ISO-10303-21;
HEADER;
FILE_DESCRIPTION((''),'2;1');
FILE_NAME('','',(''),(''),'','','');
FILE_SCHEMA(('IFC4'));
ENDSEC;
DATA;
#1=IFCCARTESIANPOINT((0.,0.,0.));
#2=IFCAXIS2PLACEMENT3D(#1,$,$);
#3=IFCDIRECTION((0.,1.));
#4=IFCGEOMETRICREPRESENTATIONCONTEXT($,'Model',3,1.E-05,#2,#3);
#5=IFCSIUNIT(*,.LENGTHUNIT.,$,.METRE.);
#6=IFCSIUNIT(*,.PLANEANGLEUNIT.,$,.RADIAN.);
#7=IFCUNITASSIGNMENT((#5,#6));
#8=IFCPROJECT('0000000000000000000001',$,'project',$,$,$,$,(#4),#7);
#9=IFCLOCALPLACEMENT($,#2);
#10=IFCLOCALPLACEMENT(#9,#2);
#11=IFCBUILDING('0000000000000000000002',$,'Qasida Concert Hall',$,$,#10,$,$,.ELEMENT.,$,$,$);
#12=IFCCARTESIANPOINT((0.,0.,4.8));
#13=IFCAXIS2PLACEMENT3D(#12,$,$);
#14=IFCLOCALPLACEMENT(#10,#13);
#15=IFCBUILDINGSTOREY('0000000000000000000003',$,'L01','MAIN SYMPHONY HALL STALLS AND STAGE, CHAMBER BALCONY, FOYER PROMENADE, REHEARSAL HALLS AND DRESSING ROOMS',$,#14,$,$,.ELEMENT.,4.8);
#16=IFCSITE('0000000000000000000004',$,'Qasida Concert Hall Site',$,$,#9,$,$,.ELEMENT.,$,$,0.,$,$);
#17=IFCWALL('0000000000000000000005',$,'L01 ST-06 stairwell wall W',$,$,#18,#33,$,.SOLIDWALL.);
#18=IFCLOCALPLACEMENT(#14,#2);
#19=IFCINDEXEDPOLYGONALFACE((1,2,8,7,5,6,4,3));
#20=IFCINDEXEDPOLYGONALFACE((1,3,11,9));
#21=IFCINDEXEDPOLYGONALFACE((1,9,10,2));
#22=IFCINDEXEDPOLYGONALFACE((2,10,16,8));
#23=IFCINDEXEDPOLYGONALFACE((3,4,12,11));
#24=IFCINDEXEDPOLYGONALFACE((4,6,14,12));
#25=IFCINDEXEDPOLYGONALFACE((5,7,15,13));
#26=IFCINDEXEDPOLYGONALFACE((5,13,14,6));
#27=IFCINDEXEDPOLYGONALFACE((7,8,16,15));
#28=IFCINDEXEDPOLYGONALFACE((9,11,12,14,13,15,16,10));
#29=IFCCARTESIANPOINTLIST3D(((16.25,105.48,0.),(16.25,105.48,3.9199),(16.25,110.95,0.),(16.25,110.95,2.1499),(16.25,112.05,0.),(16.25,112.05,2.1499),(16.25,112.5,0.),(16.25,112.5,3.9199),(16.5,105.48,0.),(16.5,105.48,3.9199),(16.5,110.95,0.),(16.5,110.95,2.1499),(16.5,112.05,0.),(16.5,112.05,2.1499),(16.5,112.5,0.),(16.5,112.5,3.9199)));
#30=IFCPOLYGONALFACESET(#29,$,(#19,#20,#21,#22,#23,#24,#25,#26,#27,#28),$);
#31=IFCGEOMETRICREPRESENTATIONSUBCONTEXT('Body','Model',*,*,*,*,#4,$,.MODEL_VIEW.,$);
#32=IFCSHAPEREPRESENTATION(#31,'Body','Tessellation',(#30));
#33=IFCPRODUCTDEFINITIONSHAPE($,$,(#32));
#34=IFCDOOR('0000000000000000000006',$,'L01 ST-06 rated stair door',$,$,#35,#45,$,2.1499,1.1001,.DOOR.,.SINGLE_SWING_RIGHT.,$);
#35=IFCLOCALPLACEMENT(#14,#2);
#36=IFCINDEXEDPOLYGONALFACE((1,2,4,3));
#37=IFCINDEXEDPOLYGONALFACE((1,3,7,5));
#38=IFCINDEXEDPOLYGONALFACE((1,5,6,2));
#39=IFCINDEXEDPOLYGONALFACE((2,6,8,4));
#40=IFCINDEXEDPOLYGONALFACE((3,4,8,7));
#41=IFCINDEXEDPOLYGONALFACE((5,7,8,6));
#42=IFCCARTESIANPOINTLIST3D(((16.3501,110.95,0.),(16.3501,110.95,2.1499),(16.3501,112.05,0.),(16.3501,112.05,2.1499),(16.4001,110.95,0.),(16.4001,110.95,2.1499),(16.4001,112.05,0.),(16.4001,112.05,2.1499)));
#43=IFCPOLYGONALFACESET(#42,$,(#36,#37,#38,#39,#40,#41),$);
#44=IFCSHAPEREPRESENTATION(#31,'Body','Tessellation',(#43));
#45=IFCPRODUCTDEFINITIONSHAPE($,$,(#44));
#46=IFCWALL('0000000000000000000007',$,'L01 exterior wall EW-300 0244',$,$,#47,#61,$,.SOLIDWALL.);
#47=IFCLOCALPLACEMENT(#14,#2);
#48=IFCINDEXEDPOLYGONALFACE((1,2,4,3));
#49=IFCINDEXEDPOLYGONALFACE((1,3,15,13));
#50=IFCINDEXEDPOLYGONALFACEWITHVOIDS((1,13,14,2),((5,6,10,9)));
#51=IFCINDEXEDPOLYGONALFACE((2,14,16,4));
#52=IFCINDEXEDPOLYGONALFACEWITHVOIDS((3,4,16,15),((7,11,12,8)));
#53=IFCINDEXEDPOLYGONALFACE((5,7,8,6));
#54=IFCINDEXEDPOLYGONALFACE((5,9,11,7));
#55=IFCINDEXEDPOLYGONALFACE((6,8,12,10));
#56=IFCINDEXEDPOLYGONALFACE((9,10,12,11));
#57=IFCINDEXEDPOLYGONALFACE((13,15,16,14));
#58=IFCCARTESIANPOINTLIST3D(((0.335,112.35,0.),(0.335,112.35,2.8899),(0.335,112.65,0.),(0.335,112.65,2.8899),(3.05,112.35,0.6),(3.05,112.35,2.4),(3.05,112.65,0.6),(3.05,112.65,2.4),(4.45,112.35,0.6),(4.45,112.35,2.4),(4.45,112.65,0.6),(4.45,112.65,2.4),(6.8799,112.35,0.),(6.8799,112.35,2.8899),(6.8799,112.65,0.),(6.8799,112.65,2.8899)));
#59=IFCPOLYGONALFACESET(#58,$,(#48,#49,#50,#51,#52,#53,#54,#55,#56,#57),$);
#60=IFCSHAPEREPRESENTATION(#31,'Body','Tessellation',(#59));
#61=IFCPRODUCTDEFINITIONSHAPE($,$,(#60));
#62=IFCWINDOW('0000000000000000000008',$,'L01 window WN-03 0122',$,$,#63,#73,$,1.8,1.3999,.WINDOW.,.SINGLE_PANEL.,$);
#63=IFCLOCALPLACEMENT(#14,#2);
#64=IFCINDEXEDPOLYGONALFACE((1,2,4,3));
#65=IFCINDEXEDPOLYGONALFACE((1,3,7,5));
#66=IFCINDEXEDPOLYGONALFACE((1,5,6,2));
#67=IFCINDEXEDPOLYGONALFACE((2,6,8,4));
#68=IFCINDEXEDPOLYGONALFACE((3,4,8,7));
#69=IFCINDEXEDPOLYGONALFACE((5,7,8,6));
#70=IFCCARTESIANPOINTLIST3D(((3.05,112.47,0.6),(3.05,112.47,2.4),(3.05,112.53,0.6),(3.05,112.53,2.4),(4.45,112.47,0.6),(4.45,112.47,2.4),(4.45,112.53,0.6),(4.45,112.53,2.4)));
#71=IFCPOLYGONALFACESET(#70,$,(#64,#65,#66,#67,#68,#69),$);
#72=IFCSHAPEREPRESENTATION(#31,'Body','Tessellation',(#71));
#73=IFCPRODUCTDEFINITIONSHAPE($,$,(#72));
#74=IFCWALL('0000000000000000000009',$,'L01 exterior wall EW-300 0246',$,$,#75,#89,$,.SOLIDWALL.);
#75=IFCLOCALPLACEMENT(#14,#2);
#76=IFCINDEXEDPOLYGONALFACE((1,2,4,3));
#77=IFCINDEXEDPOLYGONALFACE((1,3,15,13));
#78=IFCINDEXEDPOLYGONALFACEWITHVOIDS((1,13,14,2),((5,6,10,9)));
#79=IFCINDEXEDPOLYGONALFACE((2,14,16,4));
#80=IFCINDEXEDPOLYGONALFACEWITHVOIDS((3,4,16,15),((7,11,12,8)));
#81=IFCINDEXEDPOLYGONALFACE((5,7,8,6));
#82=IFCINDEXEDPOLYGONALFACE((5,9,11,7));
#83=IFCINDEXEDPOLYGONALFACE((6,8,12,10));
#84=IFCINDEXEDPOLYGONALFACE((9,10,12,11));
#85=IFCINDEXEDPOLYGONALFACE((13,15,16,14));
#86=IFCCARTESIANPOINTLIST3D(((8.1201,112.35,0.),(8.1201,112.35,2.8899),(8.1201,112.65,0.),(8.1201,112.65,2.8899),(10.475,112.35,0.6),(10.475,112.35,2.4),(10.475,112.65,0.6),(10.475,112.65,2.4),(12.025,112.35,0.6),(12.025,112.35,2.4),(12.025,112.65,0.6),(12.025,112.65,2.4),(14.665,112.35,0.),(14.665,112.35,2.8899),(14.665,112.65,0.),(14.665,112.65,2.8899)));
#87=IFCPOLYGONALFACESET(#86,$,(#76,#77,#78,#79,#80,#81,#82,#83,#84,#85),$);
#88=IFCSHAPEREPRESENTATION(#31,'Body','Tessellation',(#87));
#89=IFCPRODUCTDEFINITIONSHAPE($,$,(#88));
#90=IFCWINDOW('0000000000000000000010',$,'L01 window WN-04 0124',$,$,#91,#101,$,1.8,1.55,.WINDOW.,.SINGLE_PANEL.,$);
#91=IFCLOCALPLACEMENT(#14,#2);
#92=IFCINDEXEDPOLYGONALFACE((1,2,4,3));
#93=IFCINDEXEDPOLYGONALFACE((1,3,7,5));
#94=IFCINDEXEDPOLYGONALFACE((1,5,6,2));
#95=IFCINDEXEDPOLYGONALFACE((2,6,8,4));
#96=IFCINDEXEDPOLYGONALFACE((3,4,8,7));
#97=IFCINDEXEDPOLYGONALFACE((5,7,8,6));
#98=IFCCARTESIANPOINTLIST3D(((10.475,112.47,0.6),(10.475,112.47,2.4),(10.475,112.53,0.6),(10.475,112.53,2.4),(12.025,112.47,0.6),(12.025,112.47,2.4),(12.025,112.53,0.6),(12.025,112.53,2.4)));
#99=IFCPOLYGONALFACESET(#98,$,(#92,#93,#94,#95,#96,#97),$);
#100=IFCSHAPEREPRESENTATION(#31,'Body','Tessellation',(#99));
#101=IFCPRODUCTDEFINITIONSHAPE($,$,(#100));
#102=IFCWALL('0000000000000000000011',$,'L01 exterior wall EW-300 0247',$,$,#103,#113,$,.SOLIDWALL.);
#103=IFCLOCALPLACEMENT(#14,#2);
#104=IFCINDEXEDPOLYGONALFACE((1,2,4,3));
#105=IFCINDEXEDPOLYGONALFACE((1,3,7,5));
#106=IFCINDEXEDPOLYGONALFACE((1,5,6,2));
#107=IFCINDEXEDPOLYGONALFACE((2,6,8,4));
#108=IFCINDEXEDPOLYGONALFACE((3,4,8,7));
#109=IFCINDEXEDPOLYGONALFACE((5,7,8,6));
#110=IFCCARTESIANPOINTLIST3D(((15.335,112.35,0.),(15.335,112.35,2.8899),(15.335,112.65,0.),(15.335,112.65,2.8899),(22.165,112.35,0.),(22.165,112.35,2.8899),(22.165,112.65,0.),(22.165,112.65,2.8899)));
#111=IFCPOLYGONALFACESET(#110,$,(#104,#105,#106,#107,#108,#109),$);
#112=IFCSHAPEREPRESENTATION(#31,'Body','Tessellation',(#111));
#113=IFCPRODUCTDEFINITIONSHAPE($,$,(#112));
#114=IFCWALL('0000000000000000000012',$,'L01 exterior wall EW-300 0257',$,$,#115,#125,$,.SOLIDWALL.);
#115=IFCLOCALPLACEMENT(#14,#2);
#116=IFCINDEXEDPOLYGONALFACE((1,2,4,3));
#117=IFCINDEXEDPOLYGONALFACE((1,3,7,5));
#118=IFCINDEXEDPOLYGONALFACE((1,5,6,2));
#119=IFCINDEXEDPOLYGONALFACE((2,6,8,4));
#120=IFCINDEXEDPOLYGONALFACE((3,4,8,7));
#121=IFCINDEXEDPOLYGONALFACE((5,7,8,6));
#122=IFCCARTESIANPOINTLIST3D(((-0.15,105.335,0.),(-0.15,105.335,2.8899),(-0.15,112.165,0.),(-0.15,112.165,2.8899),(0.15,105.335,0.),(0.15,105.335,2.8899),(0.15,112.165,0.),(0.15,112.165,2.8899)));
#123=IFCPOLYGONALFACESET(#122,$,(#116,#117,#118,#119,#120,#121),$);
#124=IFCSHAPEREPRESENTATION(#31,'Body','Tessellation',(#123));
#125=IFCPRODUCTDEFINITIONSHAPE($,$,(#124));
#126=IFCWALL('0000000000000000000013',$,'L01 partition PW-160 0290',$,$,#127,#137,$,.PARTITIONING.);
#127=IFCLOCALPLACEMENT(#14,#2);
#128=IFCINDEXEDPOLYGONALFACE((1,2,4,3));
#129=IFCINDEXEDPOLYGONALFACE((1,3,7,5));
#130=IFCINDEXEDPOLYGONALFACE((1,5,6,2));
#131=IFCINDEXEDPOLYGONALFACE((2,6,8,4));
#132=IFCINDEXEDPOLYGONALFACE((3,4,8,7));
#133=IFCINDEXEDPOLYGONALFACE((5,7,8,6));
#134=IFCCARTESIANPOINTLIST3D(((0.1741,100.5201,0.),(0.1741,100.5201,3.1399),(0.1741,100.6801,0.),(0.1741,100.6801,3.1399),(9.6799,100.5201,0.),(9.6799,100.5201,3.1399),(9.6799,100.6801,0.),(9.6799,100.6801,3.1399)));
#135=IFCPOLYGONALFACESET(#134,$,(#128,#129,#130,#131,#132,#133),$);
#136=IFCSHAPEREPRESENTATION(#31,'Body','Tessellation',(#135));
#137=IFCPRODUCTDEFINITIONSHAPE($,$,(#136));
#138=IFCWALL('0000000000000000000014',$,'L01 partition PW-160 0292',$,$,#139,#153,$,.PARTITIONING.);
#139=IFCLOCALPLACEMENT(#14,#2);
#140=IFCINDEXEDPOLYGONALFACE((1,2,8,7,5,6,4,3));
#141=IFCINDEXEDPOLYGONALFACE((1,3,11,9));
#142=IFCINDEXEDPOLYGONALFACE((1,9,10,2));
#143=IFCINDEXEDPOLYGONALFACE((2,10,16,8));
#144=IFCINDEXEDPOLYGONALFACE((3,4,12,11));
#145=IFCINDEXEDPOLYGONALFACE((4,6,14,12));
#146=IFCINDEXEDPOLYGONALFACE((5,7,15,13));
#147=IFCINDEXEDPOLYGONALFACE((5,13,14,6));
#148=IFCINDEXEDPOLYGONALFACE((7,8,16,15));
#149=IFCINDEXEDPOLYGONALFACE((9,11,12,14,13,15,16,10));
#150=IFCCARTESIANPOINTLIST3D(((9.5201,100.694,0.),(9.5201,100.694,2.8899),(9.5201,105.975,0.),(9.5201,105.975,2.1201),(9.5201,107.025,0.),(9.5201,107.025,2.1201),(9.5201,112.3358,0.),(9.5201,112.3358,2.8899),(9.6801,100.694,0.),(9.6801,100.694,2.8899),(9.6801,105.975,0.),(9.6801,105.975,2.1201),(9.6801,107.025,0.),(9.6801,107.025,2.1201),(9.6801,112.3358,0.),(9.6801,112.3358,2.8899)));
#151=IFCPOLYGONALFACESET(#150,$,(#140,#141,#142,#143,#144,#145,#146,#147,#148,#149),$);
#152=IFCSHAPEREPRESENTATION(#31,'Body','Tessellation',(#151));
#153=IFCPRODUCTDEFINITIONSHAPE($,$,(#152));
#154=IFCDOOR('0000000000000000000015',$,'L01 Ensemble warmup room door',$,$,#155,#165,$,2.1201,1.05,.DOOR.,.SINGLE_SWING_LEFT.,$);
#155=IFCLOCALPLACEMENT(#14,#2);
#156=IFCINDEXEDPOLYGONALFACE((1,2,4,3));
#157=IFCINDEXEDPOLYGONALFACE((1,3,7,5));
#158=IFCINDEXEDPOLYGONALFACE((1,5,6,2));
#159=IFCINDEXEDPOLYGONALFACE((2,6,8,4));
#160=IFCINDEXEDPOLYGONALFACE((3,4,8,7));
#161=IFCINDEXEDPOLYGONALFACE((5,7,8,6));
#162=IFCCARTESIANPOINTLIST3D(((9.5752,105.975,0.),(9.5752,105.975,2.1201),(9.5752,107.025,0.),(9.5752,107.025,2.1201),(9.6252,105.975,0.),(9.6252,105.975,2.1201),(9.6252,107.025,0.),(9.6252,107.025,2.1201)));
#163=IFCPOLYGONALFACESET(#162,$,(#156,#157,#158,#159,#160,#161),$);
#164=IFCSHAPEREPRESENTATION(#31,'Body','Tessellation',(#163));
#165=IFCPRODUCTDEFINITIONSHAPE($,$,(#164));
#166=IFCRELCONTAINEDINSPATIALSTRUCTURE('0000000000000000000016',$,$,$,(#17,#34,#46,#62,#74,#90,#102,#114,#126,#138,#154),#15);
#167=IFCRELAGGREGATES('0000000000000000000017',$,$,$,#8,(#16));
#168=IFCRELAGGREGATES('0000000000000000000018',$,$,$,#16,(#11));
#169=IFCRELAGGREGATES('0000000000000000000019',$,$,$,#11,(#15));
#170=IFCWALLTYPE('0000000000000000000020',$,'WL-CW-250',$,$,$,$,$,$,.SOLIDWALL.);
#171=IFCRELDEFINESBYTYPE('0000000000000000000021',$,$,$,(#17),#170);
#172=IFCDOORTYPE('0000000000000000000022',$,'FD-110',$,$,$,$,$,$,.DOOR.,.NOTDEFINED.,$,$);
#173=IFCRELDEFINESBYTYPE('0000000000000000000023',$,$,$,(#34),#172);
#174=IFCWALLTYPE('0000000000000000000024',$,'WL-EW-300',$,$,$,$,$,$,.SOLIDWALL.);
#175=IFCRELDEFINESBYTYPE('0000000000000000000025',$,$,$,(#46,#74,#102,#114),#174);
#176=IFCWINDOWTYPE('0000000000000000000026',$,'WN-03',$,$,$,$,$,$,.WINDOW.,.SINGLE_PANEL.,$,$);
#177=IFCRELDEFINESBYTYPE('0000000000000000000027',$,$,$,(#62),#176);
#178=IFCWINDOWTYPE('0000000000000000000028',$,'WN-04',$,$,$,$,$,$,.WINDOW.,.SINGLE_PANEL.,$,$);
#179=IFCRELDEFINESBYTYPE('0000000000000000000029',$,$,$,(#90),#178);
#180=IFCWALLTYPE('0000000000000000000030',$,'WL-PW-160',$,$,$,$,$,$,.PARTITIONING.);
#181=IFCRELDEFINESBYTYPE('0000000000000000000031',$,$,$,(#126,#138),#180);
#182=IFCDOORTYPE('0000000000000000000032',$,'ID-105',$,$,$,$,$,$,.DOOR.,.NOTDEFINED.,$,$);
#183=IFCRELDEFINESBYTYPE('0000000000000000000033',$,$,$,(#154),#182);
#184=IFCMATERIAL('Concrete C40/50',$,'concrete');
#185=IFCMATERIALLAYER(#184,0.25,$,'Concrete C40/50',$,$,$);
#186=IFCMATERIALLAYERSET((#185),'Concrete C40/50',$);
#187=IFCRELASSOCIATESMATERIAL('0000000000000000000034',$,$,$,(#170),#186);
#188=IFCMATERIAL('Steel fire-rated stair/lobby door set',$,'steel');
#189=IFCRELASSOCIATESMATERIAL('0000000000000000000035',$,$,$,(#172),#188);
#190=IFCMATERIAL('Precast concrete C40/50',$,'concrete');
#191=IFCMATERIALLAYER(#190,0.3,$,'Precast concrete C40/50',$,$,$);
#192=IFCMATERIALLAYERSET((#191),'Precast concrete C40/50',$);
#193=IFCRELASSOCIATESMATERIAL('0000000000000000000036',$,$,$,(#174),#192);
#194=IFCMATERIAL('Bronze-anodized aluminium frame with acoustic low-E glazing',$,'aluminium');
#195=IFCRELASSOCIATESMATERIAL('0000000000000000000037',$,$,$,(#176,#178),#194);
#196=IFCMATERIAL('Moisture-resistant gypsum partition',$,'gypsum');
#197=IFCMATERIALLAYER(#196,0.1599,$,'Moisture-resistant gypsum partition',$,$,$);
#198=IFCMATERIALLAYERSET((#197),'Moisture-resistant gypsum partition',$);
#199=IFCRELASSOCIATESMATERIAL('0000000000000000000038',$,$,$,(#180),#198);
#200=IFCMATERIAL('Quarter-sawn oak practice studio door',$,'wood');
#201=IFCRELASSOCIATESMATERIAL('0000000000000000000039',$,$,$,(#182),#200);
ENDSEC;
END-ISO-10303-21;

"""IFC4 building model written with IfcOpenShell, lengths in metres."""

from ifc_helpers import new_model, si_unit, direction, frame, frame_2d, origin, place, context, subcontext, project, spatial, rectangle, extrude, material, layer, layer_set, type_object, element, fill, save


model = new_model("IFC4")

# Units and contexts
model_context = context("Model", 3, precision=1e-05, world=origin(), true_north=direction((0.0, 1.0)))
body_context = subcontext(model_context, "Body", "Model", "MODEL_VIEW")
ifc_project = project(units=[si_unit("LENGTHUNIT", "METRE"), si_unit("PLANEANGLEUNIT", "RADIAN")], contexts=[model_context])

# Site, building, storey
site_placement = place(None, origin())
site = spatial("IfcSite", under=ifc_project, at=site_placement, Name="Qasida Concert Hall Site", CompositionType="ELEMENT", RefElevation=0.0)
building_placement = place(site_placement, origin())
building = spatial("IfcBuilding", under=site, at=building_placement, Name="Qasida Concert Hall", CompositionType="ELEMENT")
storey_placement = place(building_placement, frame((0.0, 0.0, 4.8)))
storey = spatial("IfcBuildingStorey", under=building, at=storey_placement, Name="L01", Description="MAIN SYMPHONY HALL STALLS AND STAGE, CHAMBER BALCONY, FOYER PROMENADE, REHEARSAL HALLS AND DRESSING ROOMS", CompositionType="ELEMENT", Elevation=4.8)

# Shared definitions
ifc_material_1 = material(Name="Concrete C40/50", Category="concrete")

# Wall, opening, door
ifc_layer_1 = layer(ifc_material_1, 0.25, Name="Concrete C40/50")
ifc_layer_set_1 = layer_set([ifc_layer_1], Name="Concrete C40/50")
wall_type_1 = type_object("IfcWallType", Name="WL-CW-250", PredefinedType="SOLIDWALL", material=ifc_layer_set_1)
wall_1_placement = place(storey_placement, frame((16.375, 105.48, 0.0), z_axis=(0.0, 0.0, 1.0), x_axis=(0.0, 1.0, 0.0)))
wall_1 = element("IfcWall", 1, at=wall_1_placement, inside=storey, type_object=wall_type_1, Name="L01 ST-06 stairwell wall W", PredefinedType="SOLIDWALL", context=body_context, shape_type="SweptSolid", body=[
    extrude(rectangle(XDim=7.02, YDim=0.25, at=frame_2d((3.51, 0.0))), origin(), (0.0, 0.0, 1.0), 3.9199),
])
opening_1_placement = place(wall_1_placement, frame((5.47, 0.0, 0.0)))
opening_1 = element("IfcOpeningElement", 2, at=opening_1_placement, cuts=wall_1, PredefinedType="OPENING", context=body_context, shape_type="SweptSolid", body=[
    extrude(rectangle(XDim=1.1001, YDim=2.1499, at=frame_2d((0.55, 1.075))), frame((0.0, 0.135, 0.0), z_axis=(0.0, -1.0, 0.0), x_axis=(1.0, 0.0, 0.0)), (0.0, 0.0, 1.0), 0.27),
])
ifc_material_2 = material(Name="Steel fire-rated stair/lobby door set", Category="steel")
door_type_1 = type_object("IfcDoorType", Name="FD-110", OperationType="NOTDEFINED", PredefinedType="DOOR", material=ifc_material_2)
door_1_placement = place(opening_1_placement, origin())
door_1 = element("IfcDoor", 3, at=door_1_placement, inside=storey, type_object=door_type_1, Name="L01 ST-06 rated stair door", OperationType="SINGLE_SWING_RIGHT", OverallHeight=2.1499, OverallWidth=1.1001, PredefinedType="DOOR", context=body_context, shape_type="SweptSolid", body=[
    extrude(rectangle(XDim=1.1001, YDim=2.1499, at=frame_2d((0.55, 1.075))), frame((0.0, 0.0249, 0.0), z_axis=(0.0, -1.0, 0.0), x_axis=(1.0, 0.0, 0.0)), (0.0, 0.0, 1.0), 0.05),
])
fill(opening_1, door_1)

# Walls, openings, windows
ifc_material_3 = material(Name="Precast concrete C40/50", Category="concrete")
ifc_layer_2 = layer(ifc_material_3, 0.3, Name="Precast concrete C40/50")
ifc_layer_set_2 = layer_set([ifc_layer_2], Name="Precast concrete C40/50")
wall_type_2 = type_object("IfcWallType", Name="WL-EW-300", PredefinedType="SOLIDWALL", material=ifc_layer_set_2)
wall_2_placement = place(storey_placement, frame((0.335, 112.5, 0.0), z_axis=(0.0, 0.0, 1.0), x_axis=(1.0, 0.0, 0.0)))
wall_2 = element("IfcWall", 4, at=wall_2_placement, inside=storey, type_object=wall_type_2, Name="L01 exterior wall EW-300 0244", PredefinedType="SOLIDWALL", context=body_context, shape_type="SweptSolid", body=[
    extrude(rectangle(XDim=6.5449, YDim=0.3, at=frame_2d((3.2725, 0.0))), origin(), (0.0, 0.0, 1.0), 2.8899),
])
opening_2_placement = place(wall_2_placement, frame((2.7151, 0.0, 0.6001)))
opening_2 = element("IfcOpeningElement", 5, at=opening_2_placement, cuts=wall_2, PredefinedType="OPENING", context=body_context, shape_type="SweptSolid", body=[
    extrude(rectangle(XDim=1.3999, YDim=1.8, at=frame_2d((0.7, 0.8999))), frame((0.0, 0.1599, 0.0), z_axis=(0.0, -1.0, 0.0), x_axis=(1.0, 0.0, 0.0)), (0.0, 0.0, 1.0), 0.3201),
])
ifc_material_4 = material(Name="Bronze-anodized aluminium frame with acoustic low-E glazing", Category="aluminium")
window_type_1 = type_object("IfcWindowType", Name="WN-03", PartitioningType="SINGLE_PANEL", PredefinedType="WINDOW", material=ifc_material_4)
window_1_placement = place(opening_2_placement, origin())
window_1 = element("IfcWindow", 6, at=window_1_placement, inside=storey, type_object=window_type_1, Name="L01 window WN-03 0122", OverallHeight=1.8, OverallWidth=1.3999, PartitioningType="SINGLE_PANEL", PredefinedType="WINDOW", context=body_context, shape_type="SweptSolid", body=[
    extrude(rectangle(XDim=1.3999, YDim=1.8, at=frame_2d((0.7, 0.8999))), frame((0.0, 0.03, 0.0), z_axis=(0.0, -1.0, 0.0), x_axis=(1.0, 0.0, 0.0)), (0.0, 0.0, 1.0), 0.0601),
])
fill(opening_2, window_1)
wall_3_placement = place(storey_placement, frame((8.1201, 112.5, 0.0), z_axis=(0.0, 0.0, 1.0), x_axis=(1.0, 0.0, 0.0)))
wall_3 = element("IfcWall", 7, at=wall_3_placement, inside=storey, type_object=wall_type_2, Name="L01 exterior wall EW-300 0246", PredefinedType="SOLIDWALL", context=body_context, shape_type="SweptSolid", body=[
    extrude(rectangle(XDim=6.5449, YDim=0.3, at=frame_2d((3.2725, 0.0))), origin(), (0.0, 0.0, 1.0), 2.8899),
])
opening_3_placement = place(wall_3_placement, frame((2.355, 0.0, 0.6001)))
opening_3 = element("IfcOpeningElement", 8, at=opening_3_placement, cuts=wall_3, PredefinedType="OPENING", context=body_context, shape_type="SweptSolid", body=[
    extrude(rectangle(XDim=1.55, YDim=1.8, at=frame_2d((0.7749, 0.8999))), frame((0.0, 0.1599, 0.0), z_axis=(0.0, -1.0, 0.0), x_axis=(1.0, 0.0, 0.0)), (0.0, 0.0, 1.0), 0.3201),
])
window_type_2 = type_object("IfcWindowType", Name="WN-04", PartitioningType="SINGLE_PANEL", PredefinedType="WINDOW", material=ifc_material_4)
window_2_placement = place(opening_3_placement, origin())
window_2 = element("IfcWindow", 9, at=window_2_placement, inside=storey, type_object=window_type_2, Name="L01 window WN-04 0124", OverallHeight=1.8, OverallWidth=1.55, PartitioningType="SINGLE_PANEL", PredefinedType="WINDOW", context=body_context, shape_type="SweptSolid", body=[
    extrude(rectangle(XDim=1.55, YDim=1.8, at=frame_2d((0.7749, 0.8999))), frame((0.0, 0.03, 0.0), z_axis=(0.0, -1.0, 0.0), x_axis=(1.0, 0.0, 0.0)), (0.0, 0.0, 1.0), 0.0601),
])
fill(opening_3, window_2)

# Walls
for number, where, z_axis, x_axis, name in (
    (10, (15.335, 112.5, 0.0), (0.0, 0.0, 1.0), (1.0, 0.0, 0.0), "L01 exterior wall EW-300 0247"),
    (11, (0.0, 105.335, 0.0), (0.0, 0.0, 1.0), (0.0, 1.0, 0.0), "L01 exterior wall EW-300 0257"),
):
    element("IfcWall", number, at=place(storey_placement, frame(where, z_axis=z_axis, x_axis=x_axis)), inside=storey, type_object=wall_type_2, Name=name, PredefinedType="SOLIDWALL", context=body_context, shape_type="SweptSolid", body=[
        extrude(rectangle(XDim=6.8301, YDim=0.3, at=frame_2d((3.415, 0.0))), origin(), (0.0, 0.0, 1.0), 2.8899),
    ])
ifc_material_5 = material(Name="Moisture-resistant gypsum partition", Category="gypsum")
ifc_layer_3 = layer(ifc_material_5, 0.1599, Name="Moisture-resistant gypsum partition")
ifc_layer_set_3 = layer_set([ifc_layer_3], Name="Moisture-resistant gypsum partition")
wall_type_3 = type_object("IfcWallType", Name="WL-PW-160", PredefinedType="PARTITIONING", material=ifc_layer_set_3)
wall_4_placement = place(storey_placement, frame((0.1741, 100.6001, 0.0), z_axis=(0.0, 0.0, 1.0), x_axis=(1.0, 0.0, 0.0)))
element("IfcWall", 12, at=wall_4_placement, inside=storey, type_object=wall_type_3, Name="L01 partition PW-160 0290", PredefinedType="PARTITIONING", context=body_context, shape_type="SweptSolid", body=[
    extrude(rectangle(XDim=9.5059, YDim=0.1599, at=frame_2d((4.7529, 0.0))), origin(), (0.0, 0.0, 1.0), 3.1399),
])

# Wall, opening, door
wall_5_placement = place(storey_placement, frame((9.6001, 100.6941, 0.0), z_axis=(0.0, 0.0, 1.0), x_axis=(0.0, 1.0, 0.0)))
wall_5 = element("IfcWall", 13, at=wall_5_placement, inside=storey, type_object=wall_type_3, Name="L01 partition PW-160 0292", PredefinedType="PARTITIONING", context=body_context, shape_type="SweptSolid", body=[
    extrude(rectangle(XDim=11.6418, YDim=0.1599, at=frame_2d((5.8208, 0.0))), origin(), (0.0, 0.0, 1.0), 2.8899),
])
opening_4_placement = place(wall_5_placement, frame((5.281, 0.0, 0.0)))
opening_4 = element("IfcOpeningElement", 14, at=opening_4_placement, cuts=wall_5, PredefinedType="OPENING", context=body_context, shape_type="SweptSolid", body=[
    extrude(rectangle(XDim=1.05, YDim=2.1201, at=frame_2d((0.5249, 1.0601))), frame((0.0, 0.0898, 0.0), z_axis=(0.0, -1.0, 0.0), x_axis=(1.0, 0.0, 0.0)), (0.0, 0.0, 1.0), 0.1799),
])
ifc_material_6 = material(Name="Quarter-sawn oak practice studio door", Category="wood")
door_type_2 = type_object("IfcDoorType", Name="ID-105", OperationType="NOTDEFINED", PredefinedType="DOOR", material=ifc_material_6)
door_2_placement = place(opening_4_placement, origin())
door_2 = element("IfcDoor", 15, at=door_2_placement, inside=storey, type_object=door_type_2, Name="L01 Ensemble warmup room door", OperationType="SINGLE_SWING_LEFT", OverallHeight=2.1201, OverallWidth=1.05, PredefinedType="DOOR", context=body_context, shape_type="SweptSolid", body=[
    extrude(rectangle(XDim=1.05, YDim=2.1201, at=frame_2d((0.5249, 1.0601))), frame((0.0, 0.0249, 0.0), z_axis=(0.0, -1.0, 0.0), x_axis=(1.0, 0.0, 0.0)), (0.0, 0.0, 1.0), 0.05),
])
fill(opening_4, door_2)

save(model, "model.ifc")
